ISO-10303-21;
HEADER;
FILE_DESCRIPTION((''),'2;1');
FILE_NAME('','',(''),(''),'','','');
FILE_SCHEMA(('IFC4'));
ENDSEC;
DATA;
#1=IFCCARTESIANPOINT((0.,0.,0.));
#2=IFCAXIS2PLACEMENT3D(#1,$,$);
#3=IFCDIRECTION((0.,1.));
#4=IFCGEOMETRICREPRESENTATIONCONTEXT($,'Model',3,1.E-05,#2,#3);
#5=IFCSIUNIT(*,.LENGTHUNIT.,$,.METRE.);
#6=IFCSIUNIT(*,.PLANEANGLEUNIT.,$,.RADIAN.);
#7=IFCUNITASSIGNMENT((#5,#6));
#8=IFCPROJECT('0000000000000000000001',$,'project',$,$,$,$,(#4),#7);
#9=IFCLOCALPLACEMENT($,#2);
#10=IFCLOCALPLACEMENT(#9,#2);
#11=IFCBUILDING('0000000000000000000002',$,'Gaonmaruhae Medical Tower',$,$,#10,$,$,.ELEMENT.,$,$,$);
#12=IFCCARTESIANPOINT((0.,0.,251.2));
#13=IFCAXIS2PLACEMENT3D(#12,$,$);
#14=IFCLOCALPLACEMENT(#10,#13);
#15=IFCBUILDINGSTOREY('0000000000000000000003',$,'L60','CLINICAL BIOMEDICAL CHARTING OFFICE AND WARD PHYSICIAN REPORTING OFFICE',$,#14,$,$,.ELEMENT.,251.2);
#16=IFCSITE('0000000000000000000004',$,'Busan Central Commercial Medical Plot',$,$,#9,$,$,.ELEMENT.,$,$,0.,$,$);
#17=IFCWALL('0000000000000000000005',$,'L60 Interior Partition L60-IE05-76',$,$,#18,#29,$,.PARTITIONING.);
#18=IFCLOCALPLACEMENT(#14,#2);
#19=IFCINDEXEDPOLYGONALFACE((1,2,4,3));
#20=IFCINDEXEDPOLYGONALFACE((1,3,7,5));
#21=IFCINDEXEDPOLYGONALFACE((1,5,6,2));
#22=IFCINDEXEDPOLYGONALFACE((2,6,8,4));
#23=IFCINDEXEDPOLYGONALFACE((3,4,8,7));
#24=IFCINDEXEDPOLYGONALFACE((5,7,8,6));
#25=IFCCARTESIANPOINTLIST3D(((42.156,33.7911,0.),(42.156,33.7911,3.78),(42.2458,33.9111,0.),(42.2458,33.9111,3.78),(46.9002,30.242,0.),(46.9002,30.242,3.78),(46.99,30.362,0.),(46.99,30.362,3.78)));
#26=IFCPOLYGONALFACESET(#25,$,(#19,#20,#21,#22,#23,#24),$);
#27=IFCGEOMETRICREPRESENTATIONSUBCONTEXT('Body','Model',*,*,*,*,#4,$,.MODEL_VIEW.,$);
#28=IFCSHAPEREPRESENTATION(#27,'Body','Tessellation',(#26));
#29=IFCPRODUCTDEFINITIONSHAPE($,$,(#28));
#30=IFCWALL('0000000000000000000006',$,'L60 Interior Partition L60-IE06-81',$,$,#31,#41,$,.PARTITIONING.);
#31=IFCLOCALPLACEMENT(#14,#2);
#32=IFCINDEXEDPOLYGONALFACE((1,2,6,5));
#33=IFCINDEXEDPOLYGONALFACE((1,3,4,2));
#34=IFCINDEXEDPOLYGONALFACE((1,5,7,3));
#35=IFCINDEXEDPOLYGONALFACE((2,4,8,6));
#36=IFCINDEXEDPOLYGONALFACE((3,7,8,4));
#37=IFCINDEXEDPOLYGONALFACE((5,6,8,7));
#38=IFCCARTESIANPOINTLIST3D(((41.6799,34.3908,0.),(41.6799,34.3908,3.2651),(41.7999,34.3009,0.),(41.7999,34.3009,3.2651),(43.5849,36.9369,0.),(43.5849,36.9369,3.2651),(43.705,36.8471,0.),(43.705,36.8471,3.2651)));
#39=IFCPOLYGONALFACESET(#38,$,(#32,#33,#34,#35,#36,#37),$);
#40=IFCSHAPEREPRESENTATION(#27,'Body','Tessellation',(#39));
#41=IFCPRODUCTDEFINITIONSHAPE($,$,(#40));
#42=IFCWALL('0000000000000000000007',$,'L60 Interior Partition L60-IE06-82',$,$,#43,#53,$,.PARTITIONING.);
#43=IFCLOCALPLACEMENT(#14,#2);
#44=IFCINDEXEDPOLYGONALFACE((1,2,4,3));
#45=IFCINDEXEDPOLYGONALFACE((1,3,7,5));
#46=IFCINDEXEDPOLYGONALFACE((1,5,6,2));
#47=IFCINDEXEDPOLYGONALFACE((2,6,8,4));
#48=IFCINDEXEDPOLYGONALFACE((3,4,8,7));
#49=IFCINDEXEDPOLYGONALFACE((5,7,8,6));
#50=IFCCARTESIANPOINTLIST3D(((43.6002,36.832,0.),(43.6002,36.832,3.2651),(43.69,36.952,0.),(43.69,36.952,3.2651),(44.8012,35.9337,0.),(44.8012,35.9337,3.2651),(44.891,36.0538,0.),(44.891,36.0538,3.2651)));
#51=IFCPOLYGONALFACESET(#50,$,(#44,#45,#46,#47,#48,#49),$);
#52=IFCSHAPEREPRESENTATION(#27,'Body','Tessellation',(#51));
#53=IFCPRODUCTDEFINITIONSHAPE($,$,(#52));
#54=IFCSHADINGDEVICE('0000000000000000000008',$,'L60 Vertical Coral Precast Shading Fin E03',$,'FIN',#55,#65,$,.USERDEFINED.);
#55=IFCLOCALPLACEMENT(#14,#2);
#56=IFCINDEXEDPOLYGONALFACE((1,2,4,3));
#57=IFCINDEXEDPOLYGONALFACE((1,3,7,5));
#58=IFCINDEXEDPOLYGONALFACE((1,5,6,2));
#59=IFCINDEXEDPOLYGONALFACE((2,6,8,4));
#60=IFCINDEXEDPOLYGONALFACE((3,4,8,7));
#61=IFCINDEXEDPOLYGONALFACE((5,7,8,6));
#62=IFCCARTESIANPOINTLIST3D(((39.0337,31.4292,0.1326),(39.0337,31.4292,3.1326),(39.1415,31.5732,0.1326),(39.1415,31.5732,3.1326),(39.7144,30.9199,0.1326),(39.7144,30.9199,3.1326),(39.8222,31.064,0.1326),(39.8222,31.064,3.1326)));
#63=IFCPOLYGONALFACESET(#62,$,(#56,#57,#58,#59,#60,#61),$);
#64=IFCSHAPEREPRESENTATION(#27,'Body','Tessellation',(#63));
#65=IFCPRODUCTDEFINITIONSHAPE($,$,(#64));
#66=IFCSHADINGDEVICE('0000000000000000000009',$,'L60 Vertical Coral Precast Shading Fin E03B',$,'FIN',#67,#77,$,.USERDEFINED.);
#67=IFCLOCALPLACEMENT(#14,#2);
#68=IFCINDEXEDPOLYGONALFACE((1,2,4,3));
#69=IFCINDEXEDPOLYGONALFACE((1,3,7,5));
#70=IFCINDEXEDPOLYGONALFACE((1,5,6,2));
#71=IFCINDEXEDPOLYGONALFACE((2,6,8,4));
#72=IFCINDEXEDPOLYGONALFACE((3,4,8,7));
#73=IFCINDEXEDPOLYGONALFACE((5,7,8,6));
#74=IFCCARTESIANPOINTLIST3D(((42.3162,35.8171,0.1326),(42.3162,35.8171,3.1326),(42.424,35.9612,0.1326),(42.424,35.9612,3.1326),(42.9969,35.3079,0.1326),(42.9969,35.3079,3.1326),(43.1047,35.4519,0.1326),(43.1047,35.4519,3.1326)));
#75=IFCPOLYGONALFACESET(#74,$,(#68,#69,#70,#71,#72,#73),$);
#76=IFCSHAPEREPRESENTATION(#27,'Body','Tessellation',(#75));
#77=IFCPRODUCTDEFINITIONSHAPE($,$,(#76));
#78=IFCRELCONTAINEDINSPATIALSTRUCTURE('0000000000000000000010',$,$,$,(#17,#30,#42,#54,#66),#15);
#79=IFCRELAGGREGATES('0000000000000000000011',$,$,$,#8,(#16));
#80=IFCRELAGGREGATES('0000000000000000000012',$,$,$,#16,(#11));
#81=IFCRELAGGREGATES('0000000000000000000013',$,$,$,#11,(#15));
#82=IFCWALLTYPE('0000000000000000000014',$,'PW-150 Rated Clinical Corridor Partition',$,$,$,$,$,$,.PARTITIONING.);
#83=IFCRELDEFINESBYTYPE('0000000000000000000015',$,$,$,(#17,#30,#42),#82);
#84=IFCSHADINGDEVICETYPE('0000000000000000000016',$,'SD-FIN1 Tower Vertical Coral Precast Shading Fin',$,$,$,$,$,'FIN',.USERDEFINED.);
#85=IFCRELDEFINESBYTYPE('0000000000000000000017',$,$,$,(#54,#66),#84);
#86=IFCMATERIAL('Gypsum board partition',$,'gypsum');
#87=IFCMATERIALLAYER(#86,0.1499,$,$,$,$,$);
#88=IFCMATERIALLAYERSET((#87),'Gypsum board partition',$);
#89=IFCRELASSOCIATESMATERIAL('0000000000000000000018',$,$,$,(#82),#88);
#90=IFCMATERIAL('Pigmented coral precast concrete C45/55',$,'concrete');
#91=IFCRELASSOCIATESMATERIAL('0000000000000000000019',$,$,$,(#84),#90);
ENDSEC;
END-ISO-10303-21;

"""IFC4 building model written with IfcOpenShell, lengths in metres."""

from ifc_helpers import new_model, si_unit, direction, frame, frame_2d, origin, origin_2d, place, context, subcontext, project, spatial, rectangle, extrude, material, layer, layer_set, type_object, element, save


model = new_model("IFC4")

# Units and contexts
model_context = context("Model", 3, precision=1e-05, world=origin(), true_north=direction((0.0, 1.0)))
body_context = subcontext(model_context, "Body", "Model", "MODEL_VIEW")
ifc_project = project(units=[si_unit("LENGTHUNIT", "METRE"), si_unit("PLANEANGLEUNIT", "RADIAN")], contexts=[model_context])

# Site, building, storey
site_placement = place(None, origin())
site = spatial("IfcSite", under=ifc_project, at=site_placement, Name="Busan Central Commercial Medical Plot", CompositionType="ELEMENT", RefElevation=0.0)
building_placement = place(site_placement, origin())
building = spatial("IfcBuilding", under=site, at=building_placement, Name="Gaonmaruhae Medical Tower", CompositionType="ELEMENT")
storey_placement = place(building_placement, frame((0.0, 0.0, 251.2)))
storey = spatial("IfcBuildingStorey", under=building, at=storey_placement, Name="L60", Description="CLINICAL BIOMEDICAL CHARTING OFFICE AND WARD PHYSICIAN REPORTING OFFICE", CompositionType="ELEMENT", Elevation=251.2)

# Shared definitions
ifc_material_1 = material(Name="Gypsum board partition", Category="gypsum")
ifc_layer_1 = layer(ifc_material_1, 0.1499)
ifc_layer_set_1 = layer_set([ifc_layer_1], Name="Gypsum board partition")
wall_type_1 = type_object("IfcWallType", Name="PW-150 Rated Clinical Corridor Partition", PredefinedType="PARTITIONING", material=ifc_layer_set_1)

# Walls
wall_1_placement = place(storey_placement, frame((42.2009, 33.8511, 0.0), z_axis=(0.0, 0.0, 1.0), x_axis=(0.800731, -0.599024, 0.0)))
element("IfcWall", 1, at=wall_1_placement, inside=storey, type_object=wall_type_1, Name="L60 Interior Partition L60-IE05-76", PredefinedType="PARTITIONING", context=body_context, shape_type="SweptSolid", body=[
    extrude(rectangle(XDim=5.9248, YDim=0.1499, at=frame_2d((2.9624, 0.0))), origin(), (0.0, 0.0, 1.0), 3.78),
])
wall_2_placement = place(storey_placement, frame((41.74, 34.3459, 0.0), z_axis=(0.0, 0.0, 1.0), x_axis=(0.599078, 0.80069, 0.0)))
element("IfcWall", 2, at=wall_2_placement, inside=storey, type_object=wall_type_1, Name="L60 Interior Partition L60-IE06-81", PredefinedType="PARTITIONING", context=body_context, shape_type="SweptSolid", body=[
    extrude(rectangle(XDim=3.1799, YDim=0.1499, at=frame_2d((1.5898, 0.0))), origin(), (0.0, 0.0, 1.0), 3.2651),
])
wall_3_placement = place(storey_placement, frame((43.645, 36.8921, 0.0), z_axis=(0.0, 0.0, 1.0), x_axis=(0.8008, -0.598932, 0.0)))
element("IfcWall", 3, at=wall_3_placement, inside=storey, type_object=wall_type_1, Name="L60 Interior Partition L60-IE06-82", PredefinedType="PARTITIONING", context=body_context, shape_type="SweptSolid", body=[
    extrude(rectangle(XDim=1.4998, YDim=0.1499, at=frame_2d((0.75, 0.0))), origin(), (0.0, 0.0, 1.0), 3.2651),
])

# Shading devices
ifc_material_2 = material(Name="Pigmented coral precast concrete C45/55", Category="concrete")
shading_device_type = type_object("IfcShadingDeviceType", Name="SD-FIN1 Tower Vertical Coral Precast Shading Fin", ElementType="FIN", PredefinedType="USERDEFINED", material=ifc_material_2)
for number, where, z_axis, x_axis, name in (
    (4, (39.428, 31.2466, 0.1326), (0.0, 0.0, 1.0), (0.599024, 0.800731, 0.0), "L60 Vertical Coral Precast Shading Fin E03"),
    (5, (42.7104, 35.6345, 0.1326), (0.0, 0.0, 1.0), (0.599024, 0.800731, 0.0), "L60 Vertical Coral Precast Shading Fin E03B"),
):
    element("IfcShadingDevice", number, at=place(storey_placement, frame(where, z_axis=z_axis, x_axis=x_axis)), inside=storey, type_object=shading_device_type, Name=name, ObjectType="FIN", PredefinedType="USERDEFINED", context=body_context, shape_type="SweptSolid", body=[
        extrude(rectangle(XDim=0.1799, YDim=0.8501, at=origin_2d()), origin(), (0.0, 0.0, 1.0), 3.0),
    ])

save(model, "model.ifc")
